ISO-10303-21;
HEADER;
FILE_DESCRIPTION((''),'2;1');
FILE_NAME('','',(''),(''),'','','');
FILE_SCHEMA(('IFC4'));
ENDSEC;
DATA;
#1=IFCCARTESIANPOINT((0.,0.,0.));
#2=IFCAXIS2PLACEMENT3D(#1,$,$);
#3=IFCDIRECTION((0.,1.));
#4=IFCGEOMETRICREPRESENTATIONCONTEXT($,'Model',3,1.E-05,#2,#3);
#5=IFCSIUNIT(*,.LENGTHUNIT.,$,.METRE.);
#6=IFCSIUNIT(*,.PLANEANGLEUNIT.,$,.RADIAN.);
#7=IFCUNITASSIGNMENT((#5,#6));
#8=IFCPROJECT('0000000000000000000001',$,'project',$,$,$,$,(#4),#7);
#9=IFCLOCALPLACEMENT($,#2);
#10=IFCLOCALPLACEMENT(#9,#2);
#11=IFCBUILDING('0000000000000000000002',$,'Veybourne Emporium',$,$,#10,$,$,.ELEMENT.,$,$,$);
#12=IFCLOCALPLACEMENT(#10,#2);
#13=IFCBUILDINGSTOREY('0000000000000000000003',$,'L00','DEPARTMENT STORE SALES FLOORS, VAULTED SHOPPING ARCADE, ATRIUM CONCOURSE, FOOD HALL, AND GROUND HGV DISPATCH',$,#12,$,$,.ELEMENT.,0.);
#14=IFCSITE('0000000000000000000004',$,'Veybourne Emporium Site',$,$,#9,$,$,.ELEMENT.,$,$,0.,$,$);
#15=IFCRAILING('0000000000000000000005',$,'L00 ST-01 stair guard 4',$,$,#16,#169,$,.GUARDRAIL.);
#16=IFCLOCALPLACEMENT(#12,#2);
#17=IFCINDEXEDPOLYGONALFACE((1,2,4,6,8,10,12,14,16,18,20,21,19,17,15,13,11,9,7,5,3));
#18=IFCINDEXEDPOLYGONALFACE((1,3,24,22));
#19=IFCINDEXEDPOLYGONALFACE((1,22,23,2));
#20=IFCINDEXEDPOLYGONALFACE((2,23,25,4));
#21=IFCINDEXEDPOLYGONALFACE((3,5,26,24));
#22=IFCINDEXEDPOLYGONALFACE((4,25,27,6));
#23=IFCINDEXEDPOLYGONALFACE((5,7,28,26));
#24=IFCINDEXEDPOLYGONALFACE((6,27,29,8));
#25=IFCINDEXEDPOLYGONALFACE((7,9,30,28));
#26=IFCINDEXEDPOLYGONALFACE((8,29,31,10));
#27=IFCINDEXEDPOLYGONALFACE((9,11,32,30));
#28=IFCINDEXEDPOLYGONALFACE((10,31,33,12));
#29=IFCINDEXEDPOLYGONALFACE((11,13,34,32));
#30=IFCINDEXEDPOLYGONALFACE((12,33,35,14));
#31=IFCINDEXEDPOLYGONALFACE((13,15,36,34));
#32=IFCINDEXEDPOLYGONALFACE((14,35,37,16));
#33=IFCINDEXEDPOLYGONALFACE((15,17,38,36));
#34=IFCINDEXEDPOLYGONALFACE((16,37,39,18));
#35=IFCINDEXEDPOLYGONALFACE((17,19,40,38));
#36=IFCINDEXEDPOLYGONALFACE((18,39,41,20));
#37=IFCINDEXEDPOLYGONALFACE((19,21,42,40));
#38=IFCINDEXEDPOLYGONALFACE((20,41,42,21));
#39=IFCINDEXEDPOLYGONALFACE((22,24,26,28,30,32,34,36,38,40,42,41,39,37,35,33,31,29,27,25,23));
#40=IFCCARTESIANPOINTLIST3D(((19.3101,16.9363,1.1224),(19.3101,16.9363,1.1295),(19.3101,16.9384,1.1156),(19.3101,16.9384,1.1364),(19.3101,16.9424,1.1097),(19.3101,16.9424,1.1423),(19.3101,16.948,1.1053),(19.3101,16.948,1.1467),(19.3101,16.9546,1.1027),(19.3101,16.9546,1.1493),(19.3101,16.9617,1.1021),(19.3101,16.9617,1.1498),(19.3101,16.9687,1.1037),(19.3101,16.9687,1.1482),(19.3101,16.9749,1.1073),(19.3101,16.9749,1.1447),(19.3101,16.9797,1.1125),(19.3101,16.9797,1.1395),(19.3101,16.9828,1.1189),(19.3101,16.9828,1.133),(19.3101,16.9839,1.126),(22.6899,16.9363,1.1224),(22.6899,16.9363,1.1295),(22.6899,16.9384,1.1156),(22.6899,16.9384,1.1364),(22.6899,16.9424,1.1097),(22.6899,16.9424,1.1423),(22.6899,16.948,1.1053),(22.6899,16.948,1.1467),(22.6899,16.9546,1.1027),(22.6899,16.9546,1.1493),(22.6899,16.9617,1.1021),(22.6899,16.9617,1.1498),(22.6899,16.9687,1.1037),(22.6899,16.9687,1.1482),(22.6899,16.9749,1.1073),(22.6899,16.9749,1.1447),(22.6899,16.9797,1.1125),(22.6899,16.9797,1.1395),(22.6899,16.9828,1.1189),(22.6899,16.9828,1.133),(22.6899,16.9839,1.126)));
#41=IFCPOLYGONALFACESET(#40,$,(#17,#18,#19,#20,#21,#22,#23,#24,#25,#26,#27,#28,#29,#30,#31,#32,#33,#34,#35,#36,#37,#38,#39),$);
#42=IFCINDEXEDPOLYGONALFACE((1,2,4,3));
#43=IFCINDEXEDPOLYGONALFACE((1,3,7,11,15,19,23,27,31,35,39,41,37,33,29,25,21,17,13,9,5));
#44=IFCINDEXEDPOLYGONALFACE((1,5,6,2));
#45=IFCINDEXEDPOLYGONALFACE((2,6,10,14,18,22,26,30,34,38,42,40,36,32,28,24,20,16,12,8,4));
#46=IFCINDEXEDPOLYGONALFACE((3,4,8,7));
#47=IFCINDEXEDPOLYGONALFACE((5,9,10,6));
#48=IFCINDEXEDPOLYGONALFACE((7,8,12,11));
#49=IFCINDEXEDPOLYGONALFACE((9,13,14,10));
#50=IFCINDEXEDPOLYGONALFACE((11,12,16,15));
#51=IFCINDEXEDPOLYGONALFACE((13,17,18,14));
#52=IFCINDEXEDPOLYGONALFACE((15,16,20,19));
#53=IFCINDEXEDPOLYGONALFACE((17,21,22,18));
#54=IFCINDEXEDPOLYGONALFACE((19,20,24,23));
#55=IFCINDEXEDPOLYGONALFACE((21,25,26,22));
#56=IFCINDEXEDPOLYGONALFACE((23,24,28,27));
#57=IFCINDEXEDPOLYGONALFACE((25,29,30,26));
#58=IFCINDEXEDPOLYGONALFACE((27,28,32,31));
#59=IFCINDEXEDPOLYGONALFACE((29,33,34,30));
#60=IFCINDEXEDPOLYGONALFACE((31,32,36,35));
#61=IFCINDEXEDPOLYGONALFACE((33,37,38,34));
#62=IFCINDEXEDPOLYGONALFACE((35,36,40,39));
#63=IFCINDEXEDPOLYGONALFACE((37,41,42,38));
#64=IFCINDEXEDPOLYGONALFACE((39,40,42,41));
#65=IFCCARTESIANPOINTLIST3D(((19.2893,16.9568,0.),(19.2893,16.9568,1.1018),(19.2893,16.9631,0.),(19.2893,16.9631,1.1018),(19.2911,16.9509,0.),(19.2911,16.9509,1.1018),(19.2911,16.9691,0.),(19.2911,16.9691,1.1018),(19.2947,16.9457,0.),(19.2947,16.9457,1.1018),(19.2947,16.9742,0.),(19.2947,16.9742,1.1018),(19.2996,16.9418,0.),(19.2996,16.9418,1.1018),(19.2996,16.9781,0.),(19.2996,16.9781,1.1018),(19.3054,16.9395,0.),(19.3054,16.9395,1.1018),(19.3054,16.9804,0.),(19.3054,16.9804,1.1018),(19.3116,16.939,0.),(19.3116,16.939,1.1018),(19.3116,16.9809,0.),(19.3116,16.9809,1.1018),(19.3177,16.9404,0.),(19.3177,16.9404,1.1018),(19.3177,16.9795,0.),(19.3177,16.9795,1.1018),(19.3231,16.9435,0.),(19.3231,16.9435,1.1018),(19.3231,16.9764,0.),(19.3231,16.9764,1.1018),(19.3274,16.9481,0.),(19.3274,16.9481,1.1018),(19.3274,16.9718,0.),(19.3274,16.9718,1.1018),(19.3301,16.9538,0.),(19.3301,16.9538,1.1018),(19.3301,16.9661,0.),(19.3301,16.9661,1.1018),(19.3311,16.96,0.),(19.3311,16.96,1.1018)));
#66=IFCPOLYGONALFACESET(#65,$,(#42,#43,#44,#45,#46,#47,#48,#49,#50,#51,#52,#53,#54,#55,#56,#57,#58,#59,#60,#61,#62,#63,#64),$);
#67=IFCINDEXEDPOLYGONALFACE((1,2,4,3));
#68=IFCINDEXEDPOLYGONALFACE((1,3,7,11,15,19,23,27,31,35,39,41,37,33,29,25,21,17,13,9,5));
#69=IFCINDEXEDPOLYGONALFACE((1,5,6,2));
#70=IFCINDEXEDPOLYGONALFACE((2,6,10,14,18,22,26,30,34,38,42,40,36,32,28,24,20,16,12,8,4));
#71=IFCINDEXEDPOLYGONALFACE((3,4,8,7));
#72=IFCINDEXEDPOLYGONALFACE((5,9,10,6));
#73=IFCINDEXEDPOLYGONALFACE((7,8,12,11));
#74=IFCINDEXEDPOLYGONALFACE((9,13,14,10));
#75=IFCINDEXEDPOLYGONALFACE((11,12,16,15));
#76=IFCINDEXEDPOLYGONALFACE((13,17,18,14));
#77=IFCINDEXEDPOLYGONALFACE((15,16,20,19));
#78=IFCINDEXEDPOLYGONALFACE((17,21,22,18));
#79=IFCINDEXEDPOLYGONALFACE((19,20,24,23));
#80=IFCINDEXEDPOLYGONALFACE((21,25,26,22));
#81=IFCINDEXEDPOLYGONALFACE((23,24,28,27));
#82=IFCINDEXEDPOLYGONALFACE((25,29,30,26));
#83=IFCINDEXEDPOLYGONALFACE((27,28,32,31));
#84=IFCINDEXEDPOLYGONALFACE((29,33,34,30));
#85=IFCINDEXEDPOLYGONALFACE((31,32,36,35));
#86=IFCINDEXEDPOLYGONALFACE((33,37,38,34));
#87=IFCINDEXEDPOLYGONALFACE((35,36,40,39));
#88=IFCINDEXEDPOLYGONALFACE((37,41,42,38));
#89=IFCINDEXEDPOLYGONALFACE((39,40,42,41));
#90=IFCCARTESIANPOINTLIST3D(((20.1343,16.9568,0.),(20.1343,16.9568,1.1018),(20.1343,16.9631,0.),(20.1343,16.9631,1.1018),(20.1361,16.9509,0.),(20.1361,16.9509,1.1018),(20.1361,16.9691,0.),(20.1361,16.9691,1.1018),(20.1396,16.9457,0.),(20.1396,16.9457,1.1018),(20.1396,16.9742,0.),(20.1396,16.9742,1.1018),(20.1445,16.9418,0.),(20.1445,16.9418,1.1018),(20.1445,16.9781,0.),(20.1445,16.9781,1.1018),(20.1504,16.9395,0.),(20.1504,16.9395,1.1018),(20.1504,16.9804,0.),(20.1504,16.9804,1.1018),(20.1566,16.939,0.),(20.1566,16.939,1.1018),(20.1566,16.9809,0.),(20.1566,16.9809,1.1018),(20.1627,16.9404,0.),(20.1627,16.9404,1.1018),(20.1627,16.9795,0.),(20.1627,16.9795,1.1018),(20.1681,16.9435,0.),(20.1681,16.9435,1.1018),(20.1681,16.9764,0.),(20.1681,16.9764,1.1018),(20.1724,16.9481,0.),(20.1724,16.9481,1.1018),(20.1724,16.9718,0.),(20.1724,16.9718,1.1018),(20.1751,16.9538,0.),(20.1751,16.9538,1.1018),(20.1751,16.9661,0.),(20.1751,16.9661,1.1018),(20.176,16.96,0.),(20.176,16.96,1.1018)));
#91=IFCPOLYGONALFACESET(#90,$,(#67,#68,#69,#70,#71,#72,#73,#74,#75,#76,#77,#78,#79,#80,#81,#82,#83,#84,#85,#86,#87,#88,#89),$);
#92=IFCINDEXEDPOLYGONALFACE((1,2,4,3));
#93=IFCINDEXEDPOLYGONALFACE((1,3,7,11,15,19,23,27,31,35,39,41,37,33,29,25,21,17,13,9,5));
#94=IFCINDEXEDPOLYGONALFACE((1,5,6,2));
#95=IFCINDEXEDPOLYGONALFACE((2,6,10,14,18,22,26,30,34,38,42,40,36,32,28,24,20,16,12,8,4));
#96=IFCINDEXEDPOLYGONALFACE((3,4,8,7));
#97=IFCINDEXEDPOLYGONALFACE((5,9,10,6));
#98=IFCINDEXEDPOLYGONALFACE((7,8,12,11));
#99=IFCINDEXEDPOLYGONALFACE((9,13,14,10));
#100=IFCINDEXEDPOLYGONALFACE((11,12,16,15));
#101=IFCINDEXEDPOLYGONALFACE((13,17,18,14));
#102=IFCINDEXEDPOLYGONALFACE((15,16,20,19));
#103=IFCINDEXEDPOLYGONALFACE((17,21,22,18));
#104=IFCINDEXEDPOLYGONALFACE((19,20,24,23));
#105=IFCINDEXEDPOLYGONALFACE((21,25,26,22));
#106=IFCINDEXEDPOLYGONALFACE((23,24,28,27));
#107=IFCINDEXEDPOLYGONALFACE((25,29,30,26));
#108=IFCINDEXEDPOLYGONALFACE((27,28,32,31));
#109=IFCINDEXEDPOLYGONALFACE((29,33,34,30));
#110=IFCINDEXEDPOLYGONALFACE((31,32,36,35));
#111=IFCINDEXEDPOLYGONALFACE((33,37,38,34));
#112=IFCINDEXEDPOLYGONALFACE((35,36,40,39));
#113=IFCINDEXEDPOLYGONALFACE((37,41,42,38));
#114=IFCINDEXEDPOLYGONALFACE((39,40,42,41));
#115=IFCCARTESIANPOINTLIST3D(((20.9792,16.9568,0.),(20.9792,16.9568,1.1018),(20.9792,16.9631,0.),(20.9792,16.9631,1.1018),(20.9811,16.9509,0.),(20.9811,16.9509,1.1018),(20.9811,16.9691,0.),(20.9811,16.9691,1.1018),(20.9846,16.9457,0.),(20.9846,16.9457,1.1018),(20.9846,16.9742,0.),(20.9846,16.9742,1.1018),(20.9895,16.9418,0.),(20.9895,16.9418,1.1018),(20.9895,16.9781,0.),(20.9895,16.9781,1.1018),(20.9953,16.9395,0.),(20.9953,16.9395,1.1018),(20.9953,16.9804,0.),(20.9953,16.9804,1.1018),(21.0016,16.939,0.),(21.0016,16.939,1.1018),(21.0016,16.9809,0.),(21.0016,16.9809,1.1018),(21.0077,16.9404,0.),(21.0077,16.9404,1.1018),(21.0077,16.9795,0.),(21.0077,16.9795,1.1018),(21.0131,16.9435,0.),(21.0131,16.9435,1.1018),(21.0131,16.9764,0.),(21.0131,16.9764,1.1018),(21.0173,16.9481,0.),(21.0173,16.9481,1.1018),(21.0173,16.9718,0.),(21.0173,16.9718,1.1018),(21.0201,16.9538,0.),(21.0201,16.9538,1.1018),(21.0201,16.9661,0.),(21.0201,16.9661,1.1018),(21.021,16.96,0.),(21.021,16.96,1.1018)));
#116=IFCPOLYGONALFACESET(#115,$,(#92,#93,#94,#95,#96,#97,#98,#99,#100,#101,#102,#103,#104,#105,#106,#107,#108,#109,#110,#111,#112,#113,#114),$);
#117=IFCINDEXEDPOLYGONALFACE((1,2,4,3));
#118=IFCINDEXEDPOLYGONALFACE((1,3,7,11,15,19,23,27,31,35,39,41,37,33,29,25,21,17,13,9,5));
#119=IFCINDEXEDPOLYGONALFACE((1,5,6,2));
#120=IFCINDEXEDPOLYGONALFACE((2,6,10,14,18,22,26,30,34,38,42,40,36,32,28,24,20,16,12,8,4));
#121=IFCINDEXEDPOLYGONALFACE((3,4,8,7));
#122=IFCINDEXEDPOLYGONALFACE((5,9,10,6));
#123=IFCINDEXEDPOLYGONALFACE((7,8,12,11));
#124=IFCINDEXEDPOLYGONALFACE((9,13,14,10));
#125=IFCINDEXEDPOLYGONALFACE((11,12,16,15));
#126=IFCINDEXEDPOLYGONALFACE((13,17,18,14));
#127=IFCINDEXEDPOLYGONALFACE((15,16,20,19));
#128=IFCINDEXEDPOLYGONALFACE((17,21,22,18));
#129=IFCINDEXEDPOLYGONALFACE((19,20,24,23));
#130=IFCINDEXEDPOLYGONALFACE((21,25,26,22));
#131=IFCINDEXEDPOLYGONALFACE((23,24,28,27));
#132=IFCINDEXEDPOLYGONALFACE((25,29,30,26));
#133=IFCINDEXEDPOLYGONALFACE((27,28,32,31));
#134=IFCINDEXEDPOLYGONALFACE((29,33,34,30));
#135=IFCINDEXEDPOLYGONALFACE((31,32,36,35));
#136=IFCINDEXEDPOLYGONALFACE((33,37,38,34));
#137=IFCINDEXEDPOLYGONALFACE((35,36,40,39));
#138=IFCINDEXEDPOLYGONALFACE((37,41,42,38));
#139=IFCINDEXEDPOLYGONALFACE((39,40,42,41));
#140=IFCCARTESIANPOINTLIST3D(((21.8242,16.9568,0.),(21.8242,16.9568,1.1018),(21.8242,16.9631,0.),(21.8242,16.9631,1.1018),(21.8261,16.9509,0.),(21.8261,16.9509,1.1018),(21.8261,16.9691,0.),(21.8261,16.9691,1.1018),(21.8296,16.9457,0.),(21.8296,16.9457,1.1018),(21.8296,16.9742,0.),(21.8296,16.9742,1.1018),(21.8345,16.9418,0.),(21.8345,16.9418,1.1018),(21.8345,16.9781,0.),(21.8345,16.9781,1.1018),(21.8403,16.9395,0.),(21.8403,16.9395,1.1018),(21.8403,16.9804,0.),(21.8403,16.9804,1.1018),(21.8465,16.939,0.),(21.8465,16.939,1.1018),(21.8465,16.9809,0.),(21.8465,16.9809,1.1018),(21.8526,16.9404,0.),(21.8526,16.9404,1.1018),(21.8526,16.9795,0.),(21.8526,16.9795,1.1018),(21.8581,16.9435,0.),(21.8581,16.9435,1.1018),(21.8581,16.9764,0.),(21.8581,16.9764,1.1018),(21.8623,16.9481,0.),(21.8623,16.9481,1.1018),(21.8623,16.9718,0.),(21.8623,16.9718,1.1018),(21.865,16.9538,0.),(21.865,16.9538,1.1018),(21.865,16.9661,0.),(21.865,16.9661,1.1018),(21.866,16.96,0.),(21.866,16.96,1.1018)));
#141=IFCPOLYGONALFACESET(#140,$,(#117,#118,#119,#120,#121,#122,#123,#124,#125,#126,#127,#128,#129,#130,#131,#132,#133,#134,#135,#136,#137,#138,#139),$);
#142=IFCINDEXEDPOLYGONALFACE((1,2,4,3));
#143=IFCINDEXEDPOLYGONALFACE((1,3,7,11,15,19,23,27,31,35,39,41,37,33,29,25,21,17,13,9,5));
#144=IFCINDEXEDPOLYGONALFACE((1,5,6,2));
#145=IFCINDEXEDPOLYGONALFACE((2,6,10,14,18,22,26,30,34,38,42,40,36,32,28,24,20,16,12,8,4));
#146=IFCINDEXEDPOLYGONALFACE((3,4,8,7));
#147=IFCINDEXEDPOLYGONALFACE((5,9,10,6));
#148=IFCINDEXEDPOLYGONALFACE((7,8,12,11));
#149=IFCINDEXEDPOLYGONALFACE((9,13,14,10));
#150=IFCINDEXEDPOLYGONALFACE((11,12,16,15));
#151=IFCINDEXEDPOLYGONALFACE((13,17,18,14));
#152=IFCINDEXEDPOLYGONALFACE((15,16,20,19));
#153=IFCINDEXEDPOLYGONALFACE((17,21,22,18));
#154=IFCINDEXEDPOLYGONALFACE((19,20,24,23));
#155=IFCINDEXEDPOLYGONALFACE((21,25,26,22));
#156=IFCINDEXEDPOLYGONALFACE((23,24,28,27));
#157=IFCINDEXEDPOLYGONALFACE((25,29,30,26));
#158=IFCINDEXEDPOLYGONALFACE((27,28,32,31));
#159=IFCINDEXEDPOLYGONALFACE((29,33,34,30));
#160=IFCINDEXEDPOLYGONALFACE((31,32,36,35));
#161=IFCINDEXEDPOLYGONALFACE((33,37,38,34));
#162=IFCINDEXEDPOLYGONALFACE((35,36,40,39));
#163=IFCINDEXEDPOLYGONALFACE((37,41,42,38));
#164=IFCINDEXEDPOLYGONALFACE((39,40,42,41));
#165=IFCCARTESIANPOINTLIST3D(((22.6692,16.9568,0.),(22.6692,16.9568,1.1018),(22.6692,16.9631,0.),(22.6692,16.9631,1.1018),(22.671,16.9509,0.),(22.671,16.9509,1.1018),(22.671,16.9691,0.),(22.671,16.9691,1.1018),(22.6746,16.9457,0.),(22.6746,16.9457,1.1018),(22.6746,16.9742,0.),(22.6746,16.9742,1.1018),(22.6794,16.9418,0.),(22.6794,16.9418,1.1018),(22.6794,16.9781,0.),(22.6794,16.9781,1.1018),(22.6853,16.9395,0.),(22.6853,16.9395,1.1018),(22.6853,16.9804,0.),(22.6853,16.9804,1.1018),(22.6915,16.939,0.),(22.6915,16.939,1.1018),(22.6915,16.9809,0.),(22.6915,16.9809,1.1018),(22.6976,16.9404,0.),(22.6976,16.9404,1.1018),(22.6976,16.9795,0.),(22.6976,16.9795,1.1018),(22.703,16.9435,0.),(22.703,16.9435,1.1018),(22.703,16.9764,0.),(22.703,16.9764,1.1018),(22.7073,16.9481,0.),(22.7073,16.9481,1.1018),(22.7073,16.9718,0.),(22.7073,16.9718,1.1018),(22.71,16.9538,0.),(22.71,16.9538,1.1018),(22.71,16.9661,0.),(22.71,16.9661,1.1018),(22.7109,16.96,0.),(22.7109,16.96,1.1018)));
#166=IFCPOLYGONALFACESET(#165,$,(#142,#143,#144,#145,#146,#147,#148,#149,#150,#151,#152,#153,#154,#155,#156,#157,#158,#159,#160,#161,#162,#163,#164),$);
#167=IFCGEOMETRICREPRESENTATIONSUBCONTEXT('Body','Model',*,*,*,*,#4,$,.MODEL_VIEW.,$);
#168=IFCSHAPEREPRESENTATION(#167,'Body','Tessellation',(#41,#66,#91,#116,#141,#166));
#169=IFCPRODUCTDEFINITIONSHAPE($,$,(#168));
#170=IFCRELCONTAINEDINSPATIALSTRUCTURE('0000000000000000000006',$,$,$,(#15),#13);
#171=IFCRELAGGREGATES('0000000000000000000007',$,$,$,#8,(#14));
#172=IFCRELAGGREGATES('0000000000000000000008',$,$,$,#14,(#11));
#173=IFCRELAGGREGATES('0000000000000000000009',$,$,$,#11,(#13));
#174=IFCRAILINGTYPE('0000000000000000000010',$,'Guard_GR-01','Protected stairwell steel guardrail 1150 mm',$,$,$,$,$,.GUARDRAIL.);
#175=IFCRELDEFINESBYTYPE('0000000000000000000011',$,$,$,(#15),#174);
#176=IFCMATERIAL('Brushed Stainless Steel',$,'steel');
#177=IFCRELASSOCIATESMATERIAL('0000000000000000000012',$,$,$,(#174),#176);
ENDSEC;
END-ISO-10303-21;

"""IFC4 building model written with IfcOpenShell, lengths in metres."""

from ifc_helpers import new_model, si_unit, direction, frame, origin, origin_2d, place, context, subcontext, project, spatial, circle, extrude, material, type_object, element, save


model = new_model("IFC4")

# Units and contexts
model_context = context("Model", 3, precision=1e-05, world=origin(), true_north=direction((0.0, 1.0)))
body_context = subcontext(model_context, "Body", "Model", "MODEL_VIEW")
ifc_project = project(units=[si_unit("LENGTHUNIT", "METRE"), si_unit("PLANEANGLEUNIT", "RADIAN")], contexts=[model_context])

# Site, building, storey
site_placement = place(None, origin())
site = spatial("IfcSite", under=ifc_project, at=site_placement, Name="Veybourne Emporium Site", CompositionType="ELEMENT", RefElevation=0.0)
building_placement = place(site_placement, origin())
building = spatial("IfcBuilding", under=site, at=building_placement, Name="Veybourne Emporium", CompositionType="ELEMENT")
storey_placement = place(building_placement, origin())
storey = spatial("IfcBuildingStorey", under=building, at=storey_placement, Name="L00", Description="DEPARTMENT STORE SALES FLOORS, VAULTED SHOPPING ARCADE, ATRIUM CONCOURSE, FOOD HALL, AND GROUND HGV DISPATCH", CompositionType="ELEMENT", Elevation=0.0)

# Railing
ifc_material_1 = material(Name="Brushed Stainless Steel", Category="steel")
railing_type_1 = type_object("IfcRailingType", Name="Guard_GR-01", Description="Protected stairwell steel guardrail 1150 mm", PredefinedType="GUARDRAIL", material=ifc_material_1)
railing_1_placement = place(storey_placement, frame((19.3101, 16.96, 0.0)))
element("IfcRailing", 1, at=railing_1_placement, inside=storey, type_object=railing_type_1, Name="L00 ST-01 stair guard 4", PredefinedType="GUARDRAIL", context=body_context, shape_type="SweptSolid", body=[
    extrude(circle(Radius=0.0239, at=origin_2d()), frame((0.0, 0.0, 1.126), z_axis=(1.0, 0.0, 0.0), x_axis=(0.0, 1.0, 0.0)), (0.0, 0.0, 1.0), 3.3799),
    extrude(circle(Radius=0.021, at=origin_2d()), origin(), (0.0, 0.0, 1.0), 1.1018),
    extrude(circle(Radius=0.021, at=origin_2d()), frame((0.845, 0.0, 0.0)), (0.0, 0.0, 1.0), 1.1018),
    extrude(circle(Radius=0.021, at=origin_2d()), frame((1.6899, 0.0, 0.0)), (0.0, 0.0, 1.0), 1.1018),
    extrude(circle(Radius=0.021, at=origin_2d()), frame((2.5349, 0.0, 0.0)), (0.0, 0.0, 1.0), 1.1018),
    extrude(circle(Radius=0.021, at=origin_2d()), frame((3.3799, 0.0, 0.0)), (0.0, 0.0, 1.0), 1.1018),
])

save(model, "model.ifc")
